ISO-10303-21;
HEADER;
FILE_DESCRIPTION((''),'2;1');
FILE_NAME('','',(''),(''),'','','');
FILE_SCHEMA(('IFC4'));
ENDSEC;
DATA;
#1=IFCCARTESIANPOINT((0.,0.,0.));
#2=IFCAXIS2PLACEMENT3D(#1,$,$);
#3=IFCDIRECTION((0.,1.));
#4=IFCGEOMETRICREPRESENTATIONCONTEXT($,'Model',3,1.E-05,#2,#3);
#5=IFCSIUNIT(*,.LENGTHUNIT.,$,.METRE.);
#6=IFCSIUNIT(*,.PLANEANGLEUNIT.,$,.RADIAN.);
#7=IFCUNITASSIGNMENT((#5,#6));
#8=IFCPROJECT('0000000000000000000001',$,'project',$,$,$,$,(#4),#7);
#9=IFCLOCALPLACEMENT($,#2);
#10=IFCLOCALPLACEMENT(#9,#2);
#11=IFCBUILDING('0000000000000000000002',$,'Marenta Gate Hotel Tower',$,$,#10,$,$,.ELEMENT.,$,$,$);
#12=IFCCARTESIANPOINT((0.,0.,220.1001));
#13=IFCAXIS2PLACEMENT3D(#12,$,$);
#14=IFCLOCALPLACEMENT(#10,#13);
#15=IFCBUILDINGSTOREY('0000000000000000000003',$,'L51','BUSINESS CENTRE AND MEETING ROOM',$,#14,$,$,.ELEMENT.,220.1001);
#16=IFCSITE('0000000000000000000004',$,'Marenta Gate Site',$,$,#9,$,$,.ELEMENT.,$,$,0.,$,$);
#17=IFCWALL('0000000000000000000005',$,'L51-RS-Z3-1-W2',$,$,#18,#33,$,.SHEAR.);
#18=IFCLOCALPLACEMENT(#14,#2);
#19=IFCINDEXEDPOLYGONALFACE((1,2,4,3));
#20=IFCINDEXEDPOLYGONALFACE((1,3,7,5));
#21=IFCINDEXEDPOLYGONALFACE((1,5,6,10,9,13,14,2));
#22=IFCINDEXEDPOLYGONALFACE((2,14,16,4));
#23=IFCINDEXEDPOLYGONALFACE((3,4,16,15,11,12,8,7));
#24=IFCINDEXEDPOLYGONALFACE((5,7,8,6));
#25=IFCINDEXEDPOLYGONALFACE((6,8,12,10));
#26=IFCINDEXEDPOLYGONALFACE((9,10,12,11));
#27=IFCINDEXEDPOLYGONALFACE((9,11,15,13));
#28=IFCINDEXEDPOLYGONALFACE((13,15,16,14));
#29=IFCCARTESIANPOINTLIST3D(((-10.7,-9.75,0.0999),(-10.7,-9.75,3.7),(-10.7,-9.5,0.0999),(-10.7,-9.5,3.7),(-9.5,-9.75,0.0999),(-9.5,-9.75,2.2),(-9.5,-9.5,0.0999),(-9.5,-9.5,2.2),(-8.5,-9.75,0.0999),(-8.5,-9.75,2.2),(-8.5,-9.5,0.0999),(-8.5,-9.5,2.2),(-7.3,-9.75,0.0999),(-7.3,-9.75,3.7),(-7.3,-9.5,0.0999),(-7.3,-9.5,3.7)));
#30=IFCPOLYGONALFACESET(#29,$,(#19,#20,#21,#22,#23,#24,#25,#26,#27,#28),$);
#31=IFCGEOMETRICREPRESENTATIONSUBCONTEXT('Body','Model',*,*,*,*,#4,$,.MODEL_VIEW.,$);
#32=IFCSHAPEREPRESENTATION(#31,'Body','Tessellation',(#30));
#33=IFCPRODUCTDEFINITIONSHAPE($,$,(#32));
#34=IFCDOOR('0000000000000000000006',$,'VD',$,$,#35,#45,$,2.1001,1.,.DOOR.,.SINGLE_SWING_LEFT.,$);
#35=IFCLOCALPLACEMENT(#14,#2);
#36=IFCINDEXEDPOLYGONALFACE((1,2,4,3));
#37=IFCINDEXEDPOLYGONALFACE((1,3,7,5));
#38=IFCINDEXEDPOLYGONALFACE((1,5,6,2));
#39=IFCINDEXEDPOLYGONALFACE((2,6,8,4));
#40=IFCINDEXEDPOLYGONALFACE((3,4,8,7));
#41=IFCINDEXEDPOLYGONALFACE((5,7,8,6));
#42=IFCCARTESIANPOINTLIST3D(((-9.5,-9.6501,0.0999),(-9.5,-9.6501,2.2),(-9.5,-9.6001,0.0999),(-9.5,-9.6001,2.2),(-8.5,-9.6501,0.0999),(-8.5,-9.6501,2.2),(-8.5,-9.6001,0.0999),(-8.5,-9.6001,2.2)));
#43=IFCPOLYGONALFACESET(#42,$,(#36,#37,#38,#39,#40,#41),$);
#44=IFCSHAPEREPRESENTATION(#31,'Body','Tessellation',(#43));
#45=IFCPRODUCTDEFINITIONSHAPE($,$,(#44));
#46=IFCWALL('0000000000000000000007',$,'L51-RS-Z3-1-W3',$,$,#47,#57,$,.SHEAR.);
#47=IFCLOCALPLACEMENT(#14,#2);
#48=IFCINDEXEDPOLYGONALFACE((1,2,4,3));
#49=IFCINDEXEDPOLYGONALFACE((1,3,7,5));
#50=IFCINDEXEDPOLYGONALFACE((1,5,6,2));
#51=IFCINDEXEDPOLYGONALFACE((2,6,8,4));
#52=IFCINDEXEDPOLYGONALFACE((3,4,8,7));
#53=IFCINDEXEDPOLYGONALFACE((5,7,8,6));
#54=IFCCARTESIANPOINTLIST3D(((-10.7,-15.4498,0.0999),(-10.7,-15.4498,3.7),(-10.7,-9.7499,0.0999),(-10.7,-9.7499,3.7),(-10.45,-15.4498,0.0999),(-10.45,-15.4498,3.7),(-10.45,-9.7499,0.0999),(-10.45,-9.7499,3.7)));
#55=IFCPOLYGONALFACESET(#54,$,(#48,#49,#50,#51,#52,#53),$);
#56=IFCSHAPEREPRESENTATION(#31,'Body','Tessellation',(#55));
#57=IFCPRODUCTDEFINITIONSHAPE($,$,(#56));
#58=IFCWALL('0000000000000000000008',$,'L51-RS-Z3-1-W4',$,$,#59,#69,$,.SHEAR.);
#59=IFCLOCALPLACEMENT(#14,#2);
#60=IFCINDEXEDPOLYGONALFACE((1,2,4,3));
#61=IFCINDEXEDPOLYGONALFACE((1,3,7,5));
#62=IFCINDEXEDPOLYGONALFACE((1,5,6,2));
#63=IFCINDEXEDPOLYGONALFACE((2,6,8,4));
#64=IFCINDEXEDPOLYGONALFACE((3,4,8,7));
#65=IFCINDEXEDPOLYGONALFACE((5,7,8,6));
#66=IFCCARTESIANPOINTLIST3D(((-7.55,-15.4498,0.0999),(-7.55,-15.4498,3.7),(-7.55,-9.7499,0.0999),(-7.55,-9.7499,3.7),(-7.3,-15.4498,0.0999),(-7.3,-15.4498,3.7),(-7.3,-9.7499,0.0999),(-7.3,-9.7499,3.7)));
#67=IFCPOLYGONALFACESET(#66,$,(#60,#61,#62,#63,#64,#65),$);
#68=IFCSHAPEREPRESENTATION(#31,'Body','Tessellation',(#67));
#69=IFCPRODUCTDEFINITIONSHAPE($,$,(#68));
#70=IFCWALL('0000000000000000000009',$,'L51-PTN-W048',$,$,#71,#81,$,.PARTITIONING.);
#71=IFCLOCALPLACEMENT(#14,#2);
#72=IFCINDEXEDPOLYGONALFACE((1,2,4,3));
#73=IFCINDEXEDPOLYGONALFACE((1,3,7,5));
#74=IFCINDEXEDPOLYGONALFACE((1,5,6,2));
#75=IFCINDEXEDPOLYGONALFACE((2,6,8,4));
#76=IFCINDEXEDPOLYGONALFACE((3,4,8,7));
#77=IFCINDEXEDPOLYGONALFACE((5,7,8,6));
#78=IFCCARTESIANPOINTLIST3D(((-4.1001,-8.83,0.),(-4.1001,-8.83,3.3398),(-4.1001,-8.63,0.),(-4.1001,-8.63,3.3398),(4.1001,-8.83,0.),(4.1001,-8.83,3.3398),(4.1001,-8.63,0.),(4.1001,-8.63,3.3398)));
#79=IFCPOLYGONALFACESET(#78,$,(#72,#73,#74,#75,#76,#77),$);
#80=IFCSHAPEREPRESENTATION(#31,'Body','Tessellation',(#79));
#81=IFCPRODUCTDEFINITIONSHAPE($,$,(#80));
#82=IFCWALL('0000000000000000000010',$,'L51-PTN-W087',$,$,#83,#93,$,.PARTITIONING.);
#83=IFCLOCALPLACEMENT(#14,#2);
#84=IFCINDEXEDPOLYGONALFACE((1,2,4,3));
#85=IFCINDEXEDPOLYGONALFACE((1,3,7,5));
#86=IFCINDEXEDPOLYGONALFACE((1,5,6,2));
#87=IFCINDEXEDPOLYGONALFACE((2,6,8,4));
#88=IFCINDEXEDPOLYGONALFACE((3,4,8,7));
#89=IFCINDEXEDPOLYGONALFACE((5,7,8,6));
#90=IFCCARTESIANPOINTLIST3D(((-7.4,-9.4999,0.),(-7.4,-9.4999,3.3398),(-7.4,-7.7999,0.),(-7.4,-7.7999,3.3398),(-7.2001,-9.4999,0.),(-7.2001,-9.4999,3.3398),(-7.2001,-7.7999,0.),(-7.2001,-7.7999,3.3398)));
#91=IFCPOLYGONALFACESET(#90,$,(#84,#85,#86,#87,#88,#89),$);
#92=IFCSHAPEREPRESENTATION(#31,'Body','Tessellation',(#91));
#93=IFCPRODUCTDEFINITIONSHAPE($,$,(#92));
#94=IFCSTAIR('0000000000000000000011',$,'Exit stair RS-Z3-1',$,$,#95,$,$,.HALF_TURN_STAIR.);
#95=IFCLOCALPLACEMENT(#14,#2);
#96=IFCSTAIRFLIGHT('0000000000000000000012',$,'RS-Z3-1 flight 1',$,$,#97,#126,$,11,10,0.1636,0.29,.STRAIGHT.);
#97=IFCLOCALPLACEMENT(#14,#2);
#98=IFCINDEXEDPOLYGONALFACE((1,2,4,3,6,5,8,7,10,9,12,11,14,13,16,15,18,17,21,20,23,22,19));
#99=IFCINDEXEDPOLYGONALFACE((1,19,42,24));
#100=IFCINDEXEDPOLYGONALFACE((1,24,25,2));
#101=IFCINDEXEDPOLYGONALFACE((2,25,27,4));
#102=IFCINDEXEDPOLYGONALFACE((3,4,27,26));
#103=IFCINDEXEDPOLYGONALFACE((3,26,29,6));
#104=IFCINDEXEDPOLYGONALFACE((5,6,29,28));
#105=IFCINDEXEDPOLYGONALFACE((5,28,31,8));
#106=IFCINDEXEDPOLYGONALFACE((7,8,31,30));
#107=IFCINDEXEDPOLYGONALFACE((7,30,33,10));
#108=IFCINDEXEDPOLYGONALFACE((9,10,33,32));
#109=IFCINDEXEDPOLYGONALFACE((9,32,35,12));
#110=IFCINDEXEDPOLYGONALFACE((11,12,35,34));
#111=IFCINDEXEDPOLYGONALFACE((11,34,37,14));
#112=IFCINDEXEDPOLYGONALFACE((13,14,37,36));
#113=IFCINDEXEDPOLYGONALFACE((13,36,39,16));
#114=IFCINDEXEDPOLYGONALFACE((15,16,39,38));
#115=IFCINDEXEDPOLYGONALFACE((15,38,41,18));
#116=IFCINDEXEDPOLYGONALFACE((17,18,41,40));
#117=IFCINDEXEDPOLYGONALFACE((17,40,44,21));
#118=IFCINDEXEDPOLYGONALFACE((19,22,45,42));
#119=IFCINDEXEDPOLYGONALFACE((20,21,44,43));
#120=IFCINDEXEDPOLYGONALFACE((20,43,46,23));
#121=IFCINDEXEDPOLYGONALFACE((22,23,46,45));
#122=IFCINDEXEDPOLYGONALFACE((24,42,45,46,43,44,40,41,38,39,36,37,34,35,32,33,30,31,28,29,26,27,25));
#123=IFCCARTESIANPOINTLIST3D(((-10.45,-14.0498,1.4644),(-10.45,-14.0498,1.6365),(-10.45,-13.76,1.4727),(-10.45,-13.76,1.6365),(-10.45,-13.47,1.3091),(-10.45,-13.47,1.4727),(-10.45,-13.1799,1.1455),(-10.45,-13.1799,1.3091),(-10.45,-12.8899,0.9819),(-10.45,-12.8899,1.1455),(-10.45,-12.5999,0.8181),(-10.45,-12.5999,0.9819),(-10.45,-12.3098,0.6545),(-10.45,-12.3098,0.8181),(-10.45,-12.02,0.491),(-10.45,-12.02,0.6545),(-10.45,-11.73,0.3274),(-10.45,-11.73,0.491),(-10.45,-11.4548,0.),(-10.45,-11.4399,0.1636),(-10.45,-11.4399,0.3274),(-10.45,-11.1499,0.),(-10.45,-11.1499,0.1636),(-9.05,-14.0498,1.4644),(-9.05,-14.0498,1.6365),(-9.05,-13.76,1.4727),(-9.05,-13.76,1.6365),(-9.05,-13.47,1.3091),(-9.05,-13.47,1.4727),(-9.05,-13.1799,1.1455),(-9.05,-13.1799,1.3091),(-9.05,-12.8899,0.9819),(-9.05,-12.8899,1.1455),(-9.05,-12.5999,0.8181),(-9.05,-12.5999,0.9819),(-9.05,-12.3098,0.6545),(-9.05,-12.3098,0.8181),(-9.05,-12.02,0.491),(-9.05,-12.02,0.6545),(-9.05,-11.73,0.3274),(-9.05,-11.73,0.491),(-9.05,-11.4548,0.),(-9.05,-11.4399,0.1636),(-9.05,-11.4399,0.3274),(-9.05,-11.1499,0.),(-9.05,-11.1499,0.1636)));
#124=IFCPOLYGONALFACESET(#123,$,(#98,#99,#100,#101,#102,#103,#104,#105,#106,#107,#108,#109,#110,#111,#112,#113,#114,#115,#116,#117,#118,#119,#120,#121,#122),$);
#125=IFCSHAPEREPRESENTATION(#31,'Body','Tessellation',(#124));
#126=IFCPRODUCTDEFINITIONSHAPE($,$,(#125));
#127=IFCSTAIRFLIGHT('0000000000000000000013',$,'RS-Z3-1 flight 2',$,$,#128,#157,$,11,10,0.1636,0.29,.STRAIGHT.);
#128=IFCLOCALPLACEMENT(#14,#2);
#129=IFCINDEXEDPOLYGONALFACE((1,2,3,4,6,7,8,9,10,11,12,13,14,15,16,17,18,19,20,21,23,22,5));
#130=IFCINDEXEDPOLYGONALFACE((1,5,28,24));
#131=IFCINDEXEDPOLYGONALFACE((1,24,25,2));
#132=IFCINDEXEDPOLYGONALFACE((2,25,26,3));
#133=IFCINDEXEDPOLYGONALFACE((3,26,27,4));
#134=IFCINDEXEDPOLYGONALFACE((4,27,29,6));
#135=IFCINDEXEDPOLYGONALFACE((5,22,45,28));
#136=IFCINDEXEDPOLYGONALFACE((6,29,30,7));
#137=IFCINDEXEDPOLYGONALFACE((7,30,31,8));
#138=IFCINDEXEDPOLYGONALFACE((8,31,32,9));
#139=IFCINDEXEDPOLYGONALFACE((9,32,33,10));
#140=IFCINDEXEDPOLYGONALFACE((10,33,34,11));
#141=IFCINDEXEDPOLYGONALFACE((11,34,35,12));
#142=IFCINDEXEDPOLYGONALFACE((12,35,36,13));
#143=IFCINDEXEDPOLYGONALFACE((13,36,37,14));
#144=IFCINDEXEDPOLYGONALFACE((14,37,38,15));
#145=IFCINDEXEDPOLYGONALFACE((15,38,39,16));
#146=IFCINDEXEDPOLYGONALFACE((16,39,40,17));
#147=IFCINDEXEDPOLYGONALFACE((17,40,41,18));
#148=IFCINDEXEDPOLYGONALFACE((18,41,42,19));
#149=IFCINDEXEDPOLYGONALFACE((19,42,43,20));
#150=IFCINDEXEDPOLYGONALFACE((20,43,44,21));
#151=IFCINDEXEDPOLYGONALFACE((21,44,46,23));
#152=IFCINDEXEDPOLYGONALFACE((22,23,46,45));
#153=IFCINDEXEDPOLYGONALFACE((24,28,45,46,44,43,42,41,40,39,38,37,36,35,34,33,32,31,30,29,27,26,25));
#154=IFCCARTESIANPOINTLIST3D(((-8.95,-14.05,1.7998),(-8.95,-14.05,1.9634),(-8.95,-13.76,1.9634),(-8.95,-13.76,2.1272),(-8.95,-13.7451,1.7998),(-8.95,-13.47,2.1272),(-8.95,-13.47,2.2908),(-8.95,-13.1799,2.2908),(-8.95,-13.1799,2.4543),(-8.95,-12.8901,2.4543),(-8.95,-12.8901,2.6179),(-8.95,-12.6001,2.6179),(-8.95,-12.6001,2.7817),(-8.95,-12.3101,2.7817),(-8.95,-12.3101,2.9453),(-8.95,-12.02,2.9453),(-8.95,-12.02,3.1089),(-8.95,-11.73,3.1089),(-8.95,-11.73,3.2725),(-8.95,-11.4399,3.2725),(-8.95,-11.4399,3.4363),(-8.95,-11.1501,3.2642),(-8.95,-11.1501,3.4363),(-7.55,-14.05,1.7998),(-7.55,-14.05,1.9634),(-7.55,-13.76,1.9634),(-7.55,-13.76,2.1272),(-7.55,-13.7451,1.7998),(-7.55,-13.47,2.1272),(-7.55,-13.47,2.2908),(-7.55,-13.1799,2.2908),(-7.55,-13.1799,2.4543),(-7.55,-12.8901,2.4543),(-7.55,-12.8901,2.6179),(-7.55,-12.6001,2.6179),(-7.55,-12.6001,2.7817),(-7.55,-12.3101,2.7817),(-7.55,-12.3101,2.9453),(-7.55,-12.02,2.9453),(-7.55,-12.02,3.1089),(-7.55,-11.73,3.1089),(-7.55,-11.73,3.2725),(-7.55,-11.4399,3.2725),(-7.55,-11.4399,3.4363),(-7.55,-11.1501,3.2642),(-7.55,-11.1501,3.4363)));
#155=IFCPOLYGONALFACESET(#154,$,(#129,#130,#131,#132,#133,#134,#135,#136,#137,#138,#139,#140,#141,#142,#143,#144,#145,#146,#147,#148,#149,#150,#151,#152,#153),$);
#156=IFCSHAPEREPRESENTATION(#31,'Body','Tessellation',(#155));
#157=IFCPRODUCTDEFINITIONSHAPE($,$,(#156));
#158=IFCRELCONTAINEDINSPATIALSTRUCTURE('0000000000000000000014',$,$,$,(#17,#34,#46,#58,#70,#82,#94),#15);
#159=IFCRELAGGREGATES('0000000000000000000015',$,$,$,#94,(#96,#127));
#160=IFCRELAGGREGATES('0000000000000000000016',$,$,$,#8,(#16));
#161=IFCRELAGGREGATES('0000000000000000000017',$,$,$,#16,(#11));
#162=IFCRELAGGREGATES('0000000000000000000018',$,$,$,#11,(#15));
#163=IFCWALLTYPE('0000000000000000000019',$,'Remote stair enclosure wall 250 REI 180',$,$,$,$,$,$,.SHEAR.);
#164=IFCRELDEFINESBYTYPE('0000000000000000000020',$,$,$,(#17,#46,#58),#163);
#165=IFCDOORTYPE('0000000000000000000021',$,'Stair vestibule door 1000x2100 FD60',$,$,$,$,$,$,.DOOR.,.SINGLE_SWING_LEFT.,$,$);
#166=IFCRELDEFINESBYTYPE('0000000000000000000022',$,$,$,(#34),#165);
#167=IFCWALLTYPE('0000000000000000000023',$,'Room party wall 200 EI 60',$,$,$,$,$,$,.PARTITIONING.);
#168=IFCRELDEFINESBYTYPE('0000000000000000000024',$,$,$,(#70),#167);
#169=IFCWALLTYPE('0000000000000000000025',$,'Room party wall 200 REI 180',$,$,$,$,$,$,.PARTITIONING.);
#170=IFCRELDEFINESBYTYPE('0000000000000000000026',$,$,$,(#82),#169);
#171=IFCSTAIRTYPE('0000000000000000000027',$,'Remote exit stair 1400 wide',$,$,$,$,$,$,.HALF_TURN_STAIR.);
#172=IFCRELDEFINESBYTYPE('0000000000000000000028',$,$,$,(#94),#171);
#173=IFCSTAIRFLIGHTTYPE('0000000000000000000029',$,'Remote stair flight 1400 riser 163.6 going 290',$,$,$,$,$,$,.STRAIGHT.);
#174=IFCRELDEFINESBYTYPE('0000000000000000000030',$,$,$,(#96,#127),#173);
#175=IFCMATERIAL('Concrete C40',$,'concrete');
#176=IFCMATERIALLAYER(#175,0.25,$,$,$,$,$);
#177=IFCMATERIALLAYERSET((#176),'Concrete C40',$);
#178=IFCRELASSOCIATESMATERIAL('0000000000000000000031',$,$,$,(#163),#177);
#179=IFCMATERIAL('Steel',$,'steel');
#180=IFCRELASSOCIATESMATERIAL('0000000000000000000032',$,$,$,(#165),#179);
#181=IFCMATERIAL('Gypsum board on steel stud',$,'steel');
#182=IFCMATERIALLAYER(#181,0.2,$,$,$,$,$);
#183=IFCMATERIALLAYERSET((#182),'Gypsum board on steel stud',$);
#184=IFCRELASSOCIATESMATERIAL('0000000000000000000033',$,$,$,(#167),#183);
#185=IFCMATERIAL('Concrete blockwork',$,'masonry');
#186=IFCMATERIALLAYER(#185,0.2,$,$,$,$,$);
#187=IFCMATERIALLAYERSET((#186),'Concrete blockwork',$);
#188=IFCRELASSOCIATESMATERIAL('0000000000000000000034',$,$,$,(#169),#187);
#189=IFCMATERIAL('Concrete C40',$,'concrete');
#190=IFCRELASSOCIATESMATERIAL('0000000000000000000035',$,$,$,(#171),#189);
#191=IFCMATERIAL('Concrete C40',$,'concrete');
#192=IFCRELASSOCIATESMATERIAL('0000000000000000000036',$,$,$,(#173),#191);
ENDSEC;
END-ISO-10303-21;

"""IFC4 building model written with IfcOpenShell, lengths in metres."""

from ifc_helpers import new_model, si_unit, direction, frame, frame_2d, origin, place, context, subcontext, project, spatial, polyline, rectangle, outline, extrude, material, layer, layer_set, type_object, element, fill, aggregate, save


model = new_model("IFC4")

# Units and contexts
model_context = context("Model", 3, precision=1e-05, world=origin(), true_north=direction((0.0, 1.0)))
body_context = subcontext(model_context, "Body", "Model", "MODEL_VIEW")
ifc_project = project(units=[si_unit("LENGTHUNIT", "METRE"), si_unit("PLANEANGLEUNIT", "RADIAN")], contexts=[model_context])

# Site, building, storey
site_placement = place(None, origin())
site = spatial("IfcSite", under=ifc_project, at=site_placement, Name="Marenta Gate Site", CompositionType="ELEMENT", RefElevation=0.0)
building_placement = place(site_placement, origin())
building = spatial("IfcBuilding", under=site, at=building_placement, Name="Marenta Gate Hotel Tower", CompositionType="ELEMENT")
storey_placement = place(building_placement, frame((0.0, 0.0, 220.1001)))
storey = spatial("IfcBuildingStorey", under=building, at=storey_placement, Name="L51", Description="BUSINESS CENTRE AND MEETING ROOM", CompositionType="ELEMENT", Elevation=220.1001)

# Shared definitions
ifc_material_1 = material(Name="Concrete C40", Category="concrete")
ifc_layer_1 = layer(ifc_material_1, 0.25)
ifc_layer_set_1 = layer_set([ifc_layer_1], Name="Concrete C40")
wall_type_1 = type_object("IfcWallType", Name="Remote stair enclosure wall 250 REI 180", PredefinedType="SHEAR", material=ifc_layer_set_1)

# Wall, opening, door
wall_1_placement = place(storey_placement, frame((-10.7, -9.625, 0.0999), z_axis=(0.0, 0.0, 1.0), x_axis=(1.0, 0.0, 0.0)))
wall_1 = element("IfcWall", 1, at=wall_1_placement, inside=storey, type_object=wall_type_1, Name="L51-RS-Z3-1-W2", PredefinedType="SHEAR", context=body_context, shape_type="SweptSolid", body=[
    extrude(rectangle(XDim=3.3999, YDim=0.25, at=frame_2d((1.7, 0.0))), origin(), (0.0, 0.0, 1.0), 3.6001),
])
opening_1_placement = place(wall_1_placement, frame((1.2, 0.0, 0.0)))
opening_1 = element("IfcOpeningElement", 2, at=opening_1_placement, cuts=wall_1, PredefinedType="OPENING", context=body_context, shape_type="SweptSolid", body=[
    extrude(rectangle(XDim=1.0, YDim=2.1001, at=frame_2d((0.5, 1.05))), frame((0.0, 0.125, 0.0), z_axis=(0.0, -1.0, 0.0), x_axis=(1.0, 0.0, 0.0)), (0.0, 0.0, 1.0), 0.25),
])
ifc_material_2 = material(Name="Steel", Category="steel")
door_type_1 = type_object("IfcDoorType", Name="Stair vestibule door 1000x2100 FD60", OperationType="SINGLE_SWING_LEFT", PredefinedType="DOOR", material=ifc_material_2)
door_1_placement = place(opening_1_placement, origin())
door_1 = element("IfcDoor", 3, at=door_1_placement, inside=storey, type_object=door_type_1, Name="VD", OperationType="SINGLE_SWING_LEFT", OverallHeight=2.1001, OverallWidth=1.0, PredefinedType="DOOR", context=body_context, shape_type="SweptSolid", body=[
    extrude(rectangle(XDim=1.0, YDim=2.1001, at=frame_2d((0.5, 1.05))), frame((0.0, 0.0249, 0.0), z_axis=(0.0, -1.0, 0.0), x_axis=(1.0, 0.0, 0.0)), (0.0, 0.0, 1.0), 0.05),
])
fill(opening_1, door_1)

# Walls
for number, where, z_axis, x_axis, name in (
    (4, (-10.575, -15.45, 0.0999), (0.0, 0.0, 1.0), (0.0, 1.0, 0.0), "L51-RS-Z3-1-W3"),
    (5, (-7.425, -15.45, 0.0999), (0.0, 0.0, 1.0), (0.0, 1.0, 0.0), "L51-RS-Z3-1-W4"),
):
    element("IfcWall", number, at=place(storey_placement, frame(where, z_axis=z_axis, x_axis=x_axis)), inside=storey, type_object=wall_type_1, Name=name, PredefinedType="SHEAR", context=body_context, shape_type="SweptSolid", body=[
        extrude(rectangle(XDim=5.7, YDim=0.25, at=frame_2d((2.8501, 0.0))), origin(), (0.0, 0.0, 1.0), 3.6001),
    ])

# Walls
ifc_material_3 = material(Name="Gypsum board on steel stud", Category="steel")
ifc_layer_2 = layer(ifc_material_3, 0.2)
ifc_layer_set_2 = layer_set([ifc_layer_2], Name="Gypsum board on steel stud")
wall_type_2 = type_object("IfcWallType", Name="Room party wall 200 EI 60", PredefinedType="PARTITIONING", material=ifc_layer_set_2)
wall_2_placement = place(storey_placement, frame((-4.1001, -8.73, 0.0), z_axis=(0.0, 0.0, 1.0), x_axis=(1.0, 0.0, 0.0)))
element("IfcWall", 6, at=wall_2_placement, inside=storey, type_object=wall_type_2, Name="L51-PTN-W048", PredefinedType="PARTITIONING", context=body_context, shape_type="SweptSolid", body=[
    extrude(rectangle(XDim=8.2002, YDim=0.2, at=frame_2d((4.1001, 0.0))), origin(), (0.0, 0.0, 1.0), 3.3398),
])
ifc_material_4 = material(Name="Concrete blockwork", Category="masonry")
ifc_layer_3 = layer(ifc_material_4, 0.2)
ifc_layer_set_3 = layer_set([ifc_layer_3], Name="Concrete blockwork")
wall_type_3 = type_object("IfcWallType", Name="Room party wall 200 REI 180", PredefinedType="PARTITIONING", material=ifc_layer_set_3)
wall_3_placement = place(storey_placement, frame((-7.3, -9.5, 0.0), z_axis=(0.0, 0.0, 1.0), x_axis=(0.0, 1.0, 0.0)))
element("IfcWall", 7, at=wall_3_placement, inside=storey, type_object=wall_type_3, Name="L51-PTN-W087", PredefinedType="PARTITIONING", context=body_context, shape_type="SweptSolid", body=[
    extrude(rectangle(XDim=1.7, YDim=0.2, at=frame_2d((0.8501, 0.0))), origin(), (0.0, 0.0, 1.0), 3.3398),
])

# Stair, stair flights
ifc_material_5 = material(Name="Concrete C40", Category="concrete")
stair_type = type_object("IfcStairType", Name="Remote exit stair 1400 wide", PredefinedType="HALF_TURN_STAIR", material=ifc_material_5)
stair_placement = place(storey_placement, origin())
stair = element("IfcStair", 8, at=stair_placement, inside=storey, type_object=stair_type, Name="Exit stair RS-Z3-1", PredefinedType="HALF_TURN_STAIR")
ifc_material_6 = material(Name="Concrete C40", Category="concrete")
stair_flight_type = type_object("IfcStairFlightType", Name="Remote stair flight 1400 riser 163.6 going 290", PredefinedType="STRAIGHT", material=ifc_material_6)
stair_flight_1_placement = place(storey_placement, frame((-9.75, -11.1499, 0.0), z_axis=(0.0, 0.0, 1.0), x_axis=(0.0, -1.0, 0.0)))
stair_flight_1 = element("IfcStairFlight", 9, at=stair_flight_1_placement, type_object=stair_flight_type, Name="RS-Z3-1 flight 1", NumberOfRisers=11, NumberOfTreads=10, PredefinedType="STRAIGHT", RiserHeight=0.1636, TreadLength=0.29, context=body_context, shape_type="SweptSolid", body=[
    extrude(outline(polyline([(0.0, 0.0), (0.0, 0.1636), (0.29, 0.1636), (0.29, 0.3274), (0.5801, 0.3274), (0.5801, 0.491), (0.8701, 0.491), (0.8701, 0.6545), (1.1599, 0.6545), (1.1599, 0.8181), (1.45, 0.8181), (1.45, 0.9819), (1.74, 0.9819), (1.74, 1.1455), (2.03, 1.1455), (2.03, 1.3091), (2.3201, 1.3091), (2.3201, 1.4727), (2.6101, 1.4727), (2.6101, 1.6365), (2.8999, 1.6365), (2.8999, 1.8), (2.8999, 1.4644), (0.3049, 0.0), (0.0, 0.0)])), frame((0.0, 0.7, 0.0), z_axis=(0.0, -1.0, 0.0), x_axis=(1.0, 0.0, 0.0)), (0.0, 0.0, 1.0), 1.3999),
])
stair_flight_2_placement = place(storey_placement, frame((-8.25, -14.05, 1.7998), z_axis=(0.0, 0.0, 1.0), x_axis=(0.0, 1.0, 0.0)))
stair_flight_2 = element("IfcStairFlight", 10, at=stair_flight_2_placement, type_object=stair_flight_type, Name="RS-Z3-1 flight 2", NumberOfRisers=11, NumberOfTreads=10, PredefinedType="STRAIGHT", RiserHeight=0.1636, TreadLength=0.29, context=body_context, shape_type="SweptSolid", body=[
    extrude(outline(polyline([(0.0, 0.0), (0.0, 0.1636), (0.29, 0.1636), (0.29, 0.3274), (0.5801, 0.3274), (0.5801, 0.491), (0.8701, 0.491), (0.8701, 0.6545), (1.1599, 0.6545), (1.1599, 0.8181), (1.45, 0.8181), (1.45, 0.9819), (1.74, 0.9819), (1.74, 1.1455), (2.03, 1.1455), (2.03, 1.3091), (2.3201, 1.3091), (2.3201, 1.4727), (2.6101, 1.4727), (2.6101, 1.6365), (2.8999, 1.6365), (2.8999, 1.8), (2.8999, 1.4644), (0.3049, 0.0), (0.0, 0.0)])), frame((0.0, 0.7, 0.0), z_axis=(0.0, -1.0, 0.0), x_axis=(1.0, 0.0, 0.0)), (0.0, 0.0, 1.0), 1.3999),
])
aggregate(stair, [stair_flight_1, stair_flight_2])

save(model, "model.ifc")
